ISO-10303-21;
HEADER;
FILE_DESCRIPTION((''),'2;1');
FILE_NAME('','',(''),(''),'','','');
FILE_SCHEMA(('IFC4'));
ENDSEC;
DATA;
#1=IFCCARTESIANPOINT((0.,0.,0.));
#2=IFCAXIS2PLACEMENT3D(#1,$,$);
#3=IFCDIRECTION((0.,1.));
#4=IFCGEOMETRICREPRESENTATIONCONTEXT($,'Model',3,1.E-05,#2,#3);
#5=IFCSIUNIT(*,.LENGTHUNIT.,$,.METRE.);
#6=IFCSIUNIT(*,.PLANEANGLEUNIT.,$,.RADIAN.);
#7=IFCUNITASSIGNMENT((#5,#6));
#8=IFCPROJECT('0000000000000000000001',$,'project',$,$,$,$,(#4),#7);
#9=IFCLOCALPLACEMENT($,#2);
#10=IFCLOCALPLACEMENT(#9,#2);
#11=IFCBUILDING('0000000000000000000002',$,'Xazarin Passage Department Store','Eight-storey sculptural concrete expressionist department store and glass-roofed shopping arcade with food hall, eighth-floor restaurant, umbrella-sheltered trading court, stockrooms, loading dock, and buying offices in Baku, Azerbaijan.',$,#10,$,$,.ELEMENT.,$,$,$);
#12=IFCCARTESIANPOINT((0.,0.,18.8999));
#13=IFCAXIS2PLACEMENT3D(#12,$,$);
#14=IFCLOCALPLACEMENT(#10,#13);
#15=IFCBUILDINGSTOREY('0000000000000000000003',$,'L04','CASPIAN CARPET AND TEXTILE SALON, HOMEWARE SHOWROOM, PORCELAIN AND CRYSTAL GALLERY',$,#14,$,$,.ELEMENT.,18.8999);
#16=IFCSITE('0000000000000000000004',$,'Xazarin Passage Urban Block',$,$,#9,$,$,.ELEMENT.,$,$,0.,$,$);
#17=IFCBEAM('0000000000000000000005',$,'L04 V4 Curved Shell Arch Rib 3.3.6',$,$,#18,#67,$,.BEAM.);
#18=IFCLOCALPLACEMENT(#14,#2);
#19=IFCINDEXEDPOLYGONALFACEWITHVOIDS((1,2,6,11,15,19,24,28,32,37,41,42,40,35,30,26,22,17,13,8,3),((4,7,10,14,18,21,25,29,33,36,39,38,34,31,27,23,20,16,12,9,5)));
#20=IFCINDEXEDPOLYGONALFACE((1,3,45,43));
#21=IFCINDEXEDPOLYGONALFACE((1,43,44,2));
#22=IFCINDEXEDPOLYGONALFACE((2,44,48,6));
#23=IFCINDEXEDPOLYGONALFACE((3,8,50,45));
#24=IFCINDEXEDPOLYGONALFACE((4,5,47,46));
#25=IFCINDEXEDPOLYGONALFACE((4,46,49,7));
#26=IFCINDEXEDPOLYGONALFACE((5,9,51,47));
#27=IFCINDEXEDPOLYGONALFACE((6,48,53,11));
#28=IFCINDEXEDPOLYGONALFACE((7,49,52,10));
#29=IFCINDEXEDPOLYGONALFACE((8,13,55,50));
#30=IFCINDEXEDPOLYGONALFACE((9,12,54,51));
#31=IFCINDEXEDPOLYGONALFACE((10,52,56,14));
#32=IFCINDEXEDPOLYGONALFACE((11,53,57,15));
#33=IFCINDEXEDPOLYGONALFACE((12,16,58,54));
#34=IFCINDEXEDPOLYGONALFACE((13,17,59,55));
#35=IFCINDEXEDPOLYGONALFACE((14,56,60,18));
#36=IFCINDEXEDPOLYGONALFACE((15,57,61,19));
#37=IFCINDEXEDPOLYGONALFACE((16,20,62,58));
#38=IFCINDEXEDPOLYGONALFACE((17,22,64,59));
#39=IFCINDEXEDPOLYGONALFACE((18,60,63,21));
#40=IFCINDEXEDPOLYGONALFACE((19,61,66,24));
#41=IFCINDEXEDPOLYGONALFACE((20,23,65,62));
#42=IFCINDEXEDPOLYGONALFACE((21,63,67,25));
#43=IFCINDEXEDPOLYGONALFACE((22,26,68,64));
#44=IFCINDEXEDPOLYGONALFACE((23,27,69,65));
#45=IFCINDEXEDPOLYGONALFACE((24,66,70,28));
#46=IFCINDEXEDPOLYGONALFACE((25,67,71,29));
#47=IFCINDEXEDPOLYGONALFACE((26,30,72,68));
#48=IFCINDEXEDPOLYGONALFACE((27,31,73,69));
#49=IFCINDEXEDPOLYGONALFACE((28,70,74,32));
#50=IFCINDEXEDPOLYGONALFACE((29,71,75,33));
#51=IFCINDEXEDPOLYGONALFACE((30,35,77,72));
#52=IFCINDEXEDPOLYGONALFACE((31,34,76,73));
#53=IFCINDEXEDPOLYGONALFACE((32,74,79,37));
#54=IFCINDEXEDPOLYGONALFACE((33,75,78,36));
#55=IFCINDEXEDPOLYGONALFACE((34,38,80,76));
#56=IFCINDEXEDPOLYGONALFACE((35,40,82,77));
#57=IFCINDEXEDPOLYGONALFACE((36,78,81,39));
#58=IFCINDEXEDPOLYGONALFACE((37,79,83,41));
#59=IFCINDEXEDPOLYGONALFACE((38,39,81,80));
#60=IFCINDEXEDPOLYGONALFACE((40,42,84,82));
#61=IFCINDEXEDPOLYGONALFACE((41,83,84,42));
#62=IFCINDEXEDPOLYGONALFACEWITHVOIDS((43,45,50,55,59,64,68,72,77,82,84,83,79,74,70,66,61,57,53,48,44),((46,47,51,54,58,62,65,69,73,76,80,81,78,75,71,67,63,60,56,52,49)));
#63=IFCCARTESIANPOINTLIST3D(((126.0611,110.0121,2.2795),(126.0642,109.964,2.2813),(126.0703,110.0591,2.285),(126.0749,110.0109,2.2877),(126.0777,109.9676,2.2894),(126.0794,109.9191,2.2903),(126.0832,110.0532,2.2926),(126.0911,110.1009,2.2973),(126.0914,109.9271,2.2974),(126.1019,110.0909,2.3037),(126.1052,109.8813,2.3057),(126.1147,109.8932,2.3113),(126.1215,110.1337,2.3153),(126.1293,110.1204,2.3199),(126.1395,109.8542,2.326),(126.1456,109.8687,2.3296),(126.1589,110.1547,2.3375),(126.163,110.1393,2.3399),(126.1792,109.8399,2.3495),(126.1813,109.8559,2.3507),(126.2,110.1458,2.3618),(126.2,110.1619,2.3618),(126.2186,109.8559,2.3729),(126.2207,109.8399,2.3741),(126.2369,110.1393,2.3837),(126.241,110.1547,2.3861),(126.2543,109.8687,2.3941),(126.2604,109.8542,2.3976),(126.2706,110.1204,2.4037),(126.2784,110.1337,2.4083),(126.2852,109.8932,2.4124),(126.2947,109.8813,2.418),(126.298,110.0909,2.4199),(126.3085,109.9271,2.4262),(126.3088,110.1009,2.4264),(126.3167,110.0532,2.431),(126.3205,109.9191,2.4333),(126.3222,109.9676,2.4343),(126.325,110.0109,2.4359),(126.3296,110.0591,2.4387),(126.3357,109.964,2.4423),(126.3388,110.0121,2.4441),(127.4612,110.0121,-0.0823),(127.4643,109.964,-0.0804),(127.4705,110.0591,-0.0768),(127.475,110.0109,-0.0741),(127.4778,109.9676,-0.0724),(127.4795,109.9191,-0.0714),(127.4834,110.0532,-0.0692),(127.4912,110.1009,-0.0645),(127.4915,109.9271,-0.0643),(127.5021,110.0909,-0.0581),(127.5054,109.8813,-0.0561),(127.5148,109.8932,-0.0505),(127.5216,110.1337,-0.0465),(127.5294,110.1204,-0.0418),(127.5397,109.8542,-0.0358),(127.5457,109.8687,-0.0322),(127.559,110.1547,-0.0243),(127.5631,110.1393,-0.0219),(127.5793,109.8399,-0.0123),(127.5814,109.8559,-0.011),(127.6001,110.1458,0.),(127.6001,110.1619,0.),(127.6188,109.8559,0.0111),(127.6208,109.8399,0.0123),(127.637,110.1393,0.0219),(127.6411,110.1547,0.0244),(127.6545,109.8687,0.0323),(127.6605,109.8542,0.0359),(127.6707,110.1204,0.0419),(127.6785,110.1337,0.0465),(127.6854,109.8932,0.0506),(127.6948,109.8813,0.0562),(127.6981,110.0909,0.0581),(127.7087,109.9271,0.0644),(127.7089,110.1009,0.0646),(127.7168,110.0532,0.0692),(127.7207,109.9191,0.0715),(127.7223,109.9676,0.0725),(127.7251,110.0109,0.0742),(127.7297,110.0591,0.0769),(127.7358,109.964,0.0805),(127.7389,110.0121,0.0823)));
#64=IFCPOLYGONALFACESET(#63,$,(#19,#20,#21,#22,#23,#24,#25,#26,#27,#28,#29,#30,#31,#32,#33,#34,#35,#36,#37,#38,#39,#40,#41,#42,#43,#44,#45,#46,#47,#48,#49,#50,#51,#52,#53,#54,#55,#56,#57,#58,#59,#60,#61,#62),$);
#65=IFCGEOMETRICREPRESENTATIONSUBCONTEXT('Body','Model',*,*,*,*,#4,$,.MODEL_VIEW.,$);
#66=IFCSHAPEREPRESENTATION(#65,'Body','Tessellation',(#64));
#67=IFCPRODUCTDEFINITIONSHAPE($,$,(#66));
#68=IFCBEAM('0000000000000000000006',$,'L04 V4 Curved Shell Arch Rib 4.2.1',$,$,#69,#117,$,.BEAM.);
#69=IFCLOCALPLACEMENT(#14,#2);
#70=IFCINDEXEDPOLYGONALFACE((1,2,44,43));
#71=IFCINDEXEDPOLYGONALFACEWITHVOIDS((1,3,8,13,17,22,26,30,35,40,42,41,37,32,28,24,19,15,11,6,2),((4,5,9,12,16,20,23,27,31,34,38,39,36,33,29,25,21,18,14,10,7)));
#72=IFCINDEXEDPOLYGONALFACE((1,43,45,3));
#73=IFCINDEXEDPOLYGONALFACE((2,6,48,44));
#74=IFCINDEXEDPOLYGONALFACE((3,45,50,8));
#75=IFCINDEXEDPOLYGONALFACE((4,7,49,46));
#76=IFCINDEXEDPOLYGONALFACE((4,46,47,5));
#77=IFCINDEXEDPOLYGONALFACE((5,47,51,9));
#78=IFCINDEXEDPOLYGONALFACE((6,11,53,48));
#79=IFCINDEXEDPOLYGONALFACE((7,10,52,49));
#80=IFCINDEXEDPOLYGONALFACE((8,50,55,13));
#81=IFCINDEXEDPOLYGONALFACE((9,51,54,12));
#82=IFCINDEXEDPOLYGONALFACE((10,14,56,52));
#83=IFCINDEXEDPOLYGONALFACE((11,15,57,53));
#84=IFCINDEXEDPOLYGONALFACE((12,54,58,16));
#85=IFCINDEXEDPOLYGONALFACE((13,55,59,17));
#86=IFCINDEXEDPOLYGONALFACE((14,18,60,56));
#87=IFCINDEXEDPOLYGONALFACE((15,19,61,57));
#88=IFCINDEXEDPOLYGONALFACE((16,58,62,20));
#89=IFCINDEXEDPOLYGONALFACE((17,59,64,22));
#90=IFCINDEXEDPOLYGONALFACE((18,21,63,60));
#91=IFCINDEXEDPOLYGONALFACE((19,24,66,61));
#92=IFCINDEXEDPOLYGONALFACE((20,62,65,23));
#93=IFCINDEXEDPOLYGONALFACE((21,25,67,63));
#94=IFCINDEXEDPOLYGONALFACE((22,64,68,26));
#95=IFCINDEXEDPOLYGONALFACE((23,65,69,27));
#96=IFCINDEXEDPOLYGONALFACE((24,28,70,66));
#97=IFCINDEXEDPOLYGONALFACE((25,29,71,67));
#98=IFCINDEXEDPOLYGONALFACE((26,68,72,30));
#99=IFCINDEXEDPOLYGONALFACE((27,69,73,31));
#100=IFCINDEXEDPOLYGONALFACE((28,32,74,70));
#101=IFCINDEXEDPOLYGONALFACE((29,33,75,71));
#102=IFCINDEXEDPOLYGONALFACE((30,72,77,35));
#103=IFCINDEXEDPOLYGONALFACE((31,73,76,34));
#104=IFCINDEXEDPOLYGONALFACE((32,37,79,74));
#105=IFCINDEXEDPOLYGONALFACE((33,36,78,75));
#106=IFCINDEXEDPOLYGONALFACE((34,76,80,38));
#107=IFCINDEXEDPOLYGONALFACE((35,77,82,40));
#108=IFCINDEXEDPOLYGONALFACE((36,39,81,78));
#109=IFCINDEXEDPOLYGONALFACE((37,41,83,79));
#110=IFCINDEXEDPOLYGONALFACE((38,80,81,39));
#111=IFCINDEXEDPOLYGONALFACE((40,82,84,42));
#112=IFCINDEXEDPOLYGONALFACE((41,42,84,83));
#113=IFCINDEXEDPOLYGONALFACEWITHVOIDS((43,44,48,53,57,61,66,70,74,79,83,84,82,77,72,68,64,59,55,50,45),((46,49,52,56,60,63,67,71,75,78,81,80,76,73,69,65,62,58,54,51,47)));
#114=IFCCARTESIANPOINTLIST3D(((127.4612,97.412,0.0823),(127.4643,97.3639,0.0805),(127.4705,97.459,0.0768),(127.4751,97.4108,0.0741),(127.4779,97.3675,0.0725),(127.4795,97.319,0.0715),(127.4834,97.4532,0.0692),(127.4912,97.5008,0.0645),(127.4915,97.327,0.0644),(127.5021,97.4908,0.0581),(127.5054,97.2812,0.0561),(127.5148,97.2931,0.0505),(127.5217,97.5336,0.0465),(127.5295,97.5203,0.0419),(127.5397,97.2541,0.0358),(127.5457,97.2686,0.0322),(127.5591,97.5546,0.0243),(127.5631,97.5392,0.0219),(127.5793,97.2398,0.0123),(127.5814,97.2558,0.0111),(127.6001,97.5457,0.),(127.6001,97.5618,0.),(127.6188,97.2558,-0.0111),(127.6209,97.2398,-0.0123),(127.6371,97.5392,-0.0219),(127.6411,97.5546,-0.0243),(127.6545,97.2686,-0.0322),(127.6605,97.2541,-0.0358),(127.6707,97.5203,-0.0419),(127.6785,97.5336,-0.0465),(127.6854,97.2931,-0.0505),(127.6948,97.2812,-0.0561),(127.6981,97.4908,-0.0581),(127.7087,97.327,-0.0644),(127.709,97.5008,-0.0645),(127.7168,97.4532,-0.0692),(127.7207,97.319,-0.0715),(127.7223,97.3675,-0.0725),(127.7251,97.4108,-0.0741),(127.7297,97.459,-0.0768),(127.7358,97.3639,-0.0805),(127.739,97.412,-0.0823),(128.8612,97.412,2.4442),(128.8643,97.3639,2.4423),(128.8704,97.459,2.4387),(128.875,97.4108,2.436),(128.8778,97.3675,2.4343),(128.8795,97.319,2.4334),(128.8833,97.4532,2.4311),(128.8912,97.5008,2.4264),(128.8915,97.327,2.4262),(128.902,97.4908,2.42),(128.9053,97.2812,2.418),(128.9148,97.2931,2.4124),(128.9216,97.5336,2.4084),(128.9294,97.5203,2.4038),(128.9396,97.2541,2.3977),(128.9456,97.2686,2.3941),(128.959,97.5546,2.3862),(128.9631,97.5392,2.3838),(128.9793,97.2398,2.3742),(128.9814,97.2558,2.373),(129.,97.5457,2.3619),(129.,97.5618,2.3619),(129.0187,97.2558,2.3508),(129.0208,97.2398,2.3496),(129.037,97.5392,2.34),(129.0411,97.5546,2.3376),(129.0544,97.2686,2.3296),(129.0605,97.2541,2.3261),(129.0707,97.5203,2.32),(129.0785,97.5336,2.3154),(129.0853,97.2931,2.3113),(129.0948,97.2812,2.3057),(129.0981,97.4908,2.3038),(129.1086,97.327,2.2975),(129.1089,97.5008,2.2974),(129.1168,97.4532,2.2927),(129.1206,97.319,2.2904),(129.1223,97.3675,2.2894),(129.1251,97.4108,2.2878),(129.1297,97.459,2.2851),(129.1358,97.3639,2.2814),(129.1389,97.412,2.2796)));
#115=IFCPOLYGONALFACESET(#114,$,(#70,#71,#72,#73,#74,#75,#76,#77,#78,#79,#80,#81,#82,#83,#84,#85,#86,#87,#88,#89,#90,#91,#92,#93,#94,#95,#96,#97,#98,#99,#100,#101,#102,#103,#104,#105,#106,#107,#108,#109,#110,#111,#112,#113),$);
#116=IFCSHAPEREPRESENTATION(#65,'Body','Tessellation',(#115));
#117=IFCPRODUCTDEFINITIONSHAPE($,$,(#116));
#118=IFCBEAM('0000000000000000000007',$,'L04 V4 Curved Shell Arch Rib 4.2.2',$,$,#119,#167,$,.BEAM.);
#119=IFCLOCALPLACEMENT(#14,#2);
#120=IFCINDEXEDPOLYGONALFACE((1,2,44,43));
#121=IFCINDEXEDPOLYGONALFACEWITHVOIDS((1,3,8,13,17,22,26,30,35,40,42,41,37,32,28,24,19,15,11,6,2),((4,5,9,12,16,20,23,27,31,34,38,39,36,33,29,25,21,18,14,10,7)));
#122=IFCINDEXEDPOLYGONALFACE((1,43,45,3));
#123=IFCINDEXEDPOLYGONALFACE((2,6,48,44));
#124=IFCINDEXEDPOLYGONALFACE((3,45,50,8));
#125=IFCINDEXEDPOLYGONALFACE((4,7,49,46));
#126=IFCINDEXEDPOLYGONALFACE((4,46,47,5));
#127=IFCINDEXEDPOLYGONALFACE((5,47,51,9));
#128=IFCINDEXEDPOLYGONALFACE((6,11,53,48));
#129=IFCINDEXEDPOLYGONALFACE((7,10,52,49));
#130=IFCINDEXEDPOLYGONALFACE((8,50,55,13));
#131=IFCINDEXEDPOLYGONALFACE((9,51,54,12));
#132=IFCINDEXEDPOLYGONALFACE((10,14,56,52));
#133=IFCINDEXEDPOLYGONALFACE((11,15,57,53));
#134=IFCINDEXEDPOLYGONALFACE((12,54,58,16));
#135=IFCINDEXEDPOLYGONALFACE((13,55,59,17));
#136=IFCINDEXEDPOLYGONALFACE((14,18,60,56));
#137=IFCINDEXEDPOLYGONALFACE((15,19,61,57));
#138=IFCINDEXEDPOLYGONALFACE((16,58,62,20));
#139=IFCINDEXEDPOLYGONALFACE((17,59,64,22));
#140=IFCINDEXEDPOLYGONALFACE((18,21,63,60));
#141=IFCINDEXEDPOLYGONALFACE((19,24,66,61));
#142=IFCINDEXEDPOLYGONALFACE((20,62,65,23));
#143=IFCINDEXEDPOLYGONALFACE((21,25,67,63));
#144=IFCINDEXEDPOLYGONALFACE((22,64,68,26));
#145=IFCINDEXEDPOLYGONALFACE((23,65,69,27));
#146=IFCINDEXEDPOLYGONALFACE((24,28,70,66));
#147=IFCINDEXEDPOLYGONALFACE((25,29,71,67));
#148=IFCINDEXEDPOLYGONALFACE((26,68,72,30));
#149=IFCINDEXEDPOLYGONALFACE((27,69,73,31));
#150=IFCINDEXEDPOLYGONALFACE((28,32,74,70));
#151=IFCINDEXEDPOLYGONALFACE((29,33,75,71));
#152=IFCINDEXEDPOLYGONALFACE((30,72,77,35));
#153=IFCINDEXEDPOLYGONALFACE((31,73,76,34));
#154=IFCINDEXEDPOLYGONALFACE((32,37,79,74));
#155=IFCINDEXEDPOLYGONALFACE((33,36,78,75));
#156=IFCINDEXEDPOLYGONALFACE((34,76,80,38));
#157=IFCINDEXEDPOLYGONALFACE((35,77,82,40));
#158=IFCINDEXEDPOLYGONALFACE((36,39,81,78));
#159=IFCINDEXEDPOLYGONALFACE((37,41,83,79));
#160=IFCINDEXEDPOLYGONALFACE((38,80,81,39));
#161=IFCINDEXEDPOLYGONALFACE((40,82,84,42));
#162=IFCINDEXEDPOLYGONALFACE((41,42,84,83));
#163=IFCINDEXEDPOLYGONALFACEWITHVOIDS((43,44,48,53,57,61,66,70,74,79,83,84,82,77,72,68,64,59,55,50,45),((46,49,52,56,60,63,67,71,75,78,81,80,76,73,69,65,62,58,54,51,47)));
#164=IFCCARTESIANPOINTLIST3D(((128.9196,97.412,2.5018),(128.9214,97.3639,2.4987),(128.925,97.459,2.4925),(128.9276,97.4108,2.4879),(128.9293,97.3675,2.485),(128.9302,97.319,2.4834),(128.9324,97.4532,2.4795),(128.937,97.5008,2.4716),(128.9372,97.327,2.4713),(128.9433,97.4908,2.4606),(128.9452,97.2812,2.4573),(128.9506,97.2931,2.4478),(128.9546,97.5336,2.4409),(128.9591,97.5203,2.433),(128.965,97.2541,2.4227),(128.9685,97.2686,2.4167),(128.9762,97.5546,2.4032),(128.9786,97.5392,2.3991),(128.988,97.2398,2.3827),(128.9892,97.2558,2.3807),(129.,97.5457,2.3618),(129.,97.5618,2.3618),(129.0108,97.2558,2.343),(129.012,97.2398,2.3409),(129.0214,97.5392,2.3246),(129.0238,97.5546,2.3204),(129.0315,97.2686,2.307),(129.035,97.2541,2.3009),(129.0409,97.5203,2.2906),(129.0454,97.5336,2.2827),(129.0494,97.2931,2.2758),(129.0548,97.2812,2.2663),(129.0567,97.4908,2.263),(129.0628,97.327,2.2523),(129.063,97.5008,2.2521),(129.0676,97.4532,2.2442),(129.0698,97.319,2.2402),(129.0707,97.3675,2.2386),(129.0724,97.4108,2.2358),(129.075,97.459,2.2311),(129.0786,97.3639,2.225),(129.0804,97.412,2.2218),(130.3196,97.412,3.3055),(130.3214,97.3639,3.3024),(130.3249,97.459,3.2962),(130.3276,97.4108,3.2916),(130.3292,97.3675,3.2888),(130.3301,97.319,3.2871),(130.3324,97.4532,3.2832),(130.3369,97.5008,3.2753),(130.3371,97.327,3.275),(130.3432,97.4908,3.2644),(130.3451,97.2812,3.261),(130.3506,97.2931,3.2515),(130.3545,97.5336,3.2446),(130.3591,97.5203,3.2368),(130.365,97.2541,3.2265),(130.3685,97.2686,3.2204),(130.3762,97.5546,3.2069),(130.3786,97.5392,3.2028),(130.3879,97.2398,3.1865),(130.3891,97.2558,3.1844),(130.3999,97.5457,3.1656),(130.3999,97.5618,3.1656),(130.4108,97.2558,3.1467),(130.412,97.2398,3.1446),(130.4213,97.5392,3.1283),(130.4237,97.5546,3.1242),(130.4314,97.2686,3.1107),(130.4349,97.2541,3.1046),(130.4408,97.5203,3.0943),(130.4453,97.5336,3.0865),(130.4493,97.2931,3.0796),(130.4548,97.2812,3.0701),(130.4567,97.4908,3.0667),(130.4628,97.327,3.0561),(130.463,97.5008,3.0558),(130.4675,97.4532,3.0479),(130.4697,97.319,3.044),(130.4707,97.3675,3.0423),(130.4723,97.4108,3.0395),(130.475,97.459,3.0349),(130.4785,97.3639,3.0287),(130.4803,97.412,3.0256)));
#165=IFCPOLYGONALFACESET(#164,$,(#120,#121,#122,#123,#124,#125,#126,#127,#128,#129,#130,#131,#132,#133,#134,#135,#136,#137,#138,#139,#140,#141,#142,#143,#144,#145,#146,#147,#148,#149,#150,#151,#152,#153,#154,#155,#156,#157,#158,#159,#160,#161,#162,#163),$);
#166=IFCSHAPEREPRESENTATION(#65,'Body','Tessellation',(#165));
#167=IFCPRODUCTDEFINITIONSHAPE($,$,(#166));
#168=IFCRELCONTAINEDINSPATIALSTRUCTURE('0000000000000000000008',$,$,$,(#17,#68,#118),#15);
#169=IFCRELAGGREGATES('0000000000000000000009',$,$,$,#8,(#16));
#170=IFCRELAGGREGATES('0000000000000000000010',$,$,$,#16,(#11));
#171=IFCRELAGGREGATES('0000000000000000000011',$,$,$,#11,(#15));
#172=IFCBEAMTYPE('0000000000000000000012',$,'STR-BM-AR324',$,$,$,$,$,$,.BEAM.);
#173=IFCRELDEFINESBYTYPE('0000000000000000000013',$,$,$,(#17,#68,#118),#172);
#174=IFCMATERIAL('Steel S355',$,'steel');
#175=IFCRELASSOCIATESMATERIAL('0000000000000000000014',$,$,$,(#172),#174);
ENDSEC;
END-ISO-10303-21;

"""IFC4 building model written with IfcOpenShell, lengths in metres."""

from ifc_helpers import new_model, si_unit, direction, frame, origin, origin_2d, place, context, subcontext, project, spatial, hollow_circle, extrude, material, material_profile, profile_set, type_object, element, save


model = new_model("IFC4")

# Units and contexts
model_context = context("Model", 3, precision=1e-05, world=origin(), true_north=direction((0.0, 1.0)))
body_context = subcontext(model_context, "Body", "Model", "MODEL_VIEW")
ifc_project = project(units=[si_unit("LENGTHUNIT", "METRE"), si_unit("PLANEANGLEUNIT", "RADIAN")], contexts=[model_context])

# Site, building, storey
site_placement = place(None, origin())
site = spatial("IfcSite", under=ifc_project, at=site_placement, Name="Xazarin Passage Urban Block", CompositionType="ELEMENT", RefElevation=0.0)
building_placement = place(site_placement, origin())
building = spatial("IfcBuilding", under=site, at=building_placement, Name="Xazarin Passage Department Store", Description="Eight-storey sculptural concrete expressionist department store and glass-roofed shopping arcade with food hall, eighth-floor restaurant, umbrella-sheltered trading court, stockrooms, loading dock, and buying offices in Baku, Azerbaijan.", CompositionType="ELEMENT")
storey_placement = place(building_placement, frame((0.0, 0.0, 18.8999)))
storey = spatial("IfcBuildingStorey", under=building, at=storey_placement, Name="L04", Description="CASPIAN CARPET AND TEXTILE SALON, HOMEWARE SHOWROOM, PORCELAIN AND CRYSTAL GALLERY", CompositionType="ELEMENT", Elevation=18.8999)

# Beams
ifc_material_1 = material(Name="Steel S355", Category="steel")
ifc_material_profile_1 = material_profile(ifc_material_1, hollow_circle(Radius=0.1619, WallThickness=0.0161, at=origin_2d()), Name="CHS 323.9x16")
ifc_profile_set_1 = profile_set([ifc_material_profile_1], Name="Steel S355")
beam_type_1 = type_object("IfcBeamType", Name="STR-BM-AR324", PredefinedType="BEAM", material=ifc_profile_set_1)
for number, where, z_axis, x_axis, name in (
    (1, (126.2, 110.0, 2.3618), (0.509951, 0.0, -0.860203), (0.0, 1.0, 0.0), "L04 V4 Curved Shell Arch Rib 3.3.6"),
    (2, (127.6001, 97.3999, 0.0), (0.509885, 0.0, 0.860242), (0.0, 1.0, 0.0), "L04 V4 Curved Shell Arch Rib 4.2.1"),
):
    element("IfcBeam", number, at=place(storey_placement, frame(where, z_axis=z_axis, x_axis=x_axis)), inside=storey, type_object=beam_type_1, Name=name, PredefinedType="BEAM", context=body_context, shape_type="SweptSolid", body=[
        extrude(hollow_circle(Radius=0.1619, WallThickness=0.0161, at=origin_2d()), origin(), (0.0, 0.0, 1.0), 2.7456),
    ])
beam_1_placement = place(storey_placement, frame((129.0, 97.3999, 2.3618), z_axis=(0.867236, 0.0, 0.497897), x_axis=(0.0, 1.0, 0.0)))
element("IfcBeam", 3, at=beam_1_placement, inside=storey, type_object=beam_type_1, Name="L04 V4 Curved Shell Arch Rib 4.2.2", PredefinedType="BEAM", context=body_context, shape_type="SweptSolid", body=[
    extrude(hollow_circle(Radius=0.1619, WallThickness=0.0161, at=origin_2d()), origin(), (0.0, 0.0, 1.0), 1.6143),
])

save(model, "model.ifc")
